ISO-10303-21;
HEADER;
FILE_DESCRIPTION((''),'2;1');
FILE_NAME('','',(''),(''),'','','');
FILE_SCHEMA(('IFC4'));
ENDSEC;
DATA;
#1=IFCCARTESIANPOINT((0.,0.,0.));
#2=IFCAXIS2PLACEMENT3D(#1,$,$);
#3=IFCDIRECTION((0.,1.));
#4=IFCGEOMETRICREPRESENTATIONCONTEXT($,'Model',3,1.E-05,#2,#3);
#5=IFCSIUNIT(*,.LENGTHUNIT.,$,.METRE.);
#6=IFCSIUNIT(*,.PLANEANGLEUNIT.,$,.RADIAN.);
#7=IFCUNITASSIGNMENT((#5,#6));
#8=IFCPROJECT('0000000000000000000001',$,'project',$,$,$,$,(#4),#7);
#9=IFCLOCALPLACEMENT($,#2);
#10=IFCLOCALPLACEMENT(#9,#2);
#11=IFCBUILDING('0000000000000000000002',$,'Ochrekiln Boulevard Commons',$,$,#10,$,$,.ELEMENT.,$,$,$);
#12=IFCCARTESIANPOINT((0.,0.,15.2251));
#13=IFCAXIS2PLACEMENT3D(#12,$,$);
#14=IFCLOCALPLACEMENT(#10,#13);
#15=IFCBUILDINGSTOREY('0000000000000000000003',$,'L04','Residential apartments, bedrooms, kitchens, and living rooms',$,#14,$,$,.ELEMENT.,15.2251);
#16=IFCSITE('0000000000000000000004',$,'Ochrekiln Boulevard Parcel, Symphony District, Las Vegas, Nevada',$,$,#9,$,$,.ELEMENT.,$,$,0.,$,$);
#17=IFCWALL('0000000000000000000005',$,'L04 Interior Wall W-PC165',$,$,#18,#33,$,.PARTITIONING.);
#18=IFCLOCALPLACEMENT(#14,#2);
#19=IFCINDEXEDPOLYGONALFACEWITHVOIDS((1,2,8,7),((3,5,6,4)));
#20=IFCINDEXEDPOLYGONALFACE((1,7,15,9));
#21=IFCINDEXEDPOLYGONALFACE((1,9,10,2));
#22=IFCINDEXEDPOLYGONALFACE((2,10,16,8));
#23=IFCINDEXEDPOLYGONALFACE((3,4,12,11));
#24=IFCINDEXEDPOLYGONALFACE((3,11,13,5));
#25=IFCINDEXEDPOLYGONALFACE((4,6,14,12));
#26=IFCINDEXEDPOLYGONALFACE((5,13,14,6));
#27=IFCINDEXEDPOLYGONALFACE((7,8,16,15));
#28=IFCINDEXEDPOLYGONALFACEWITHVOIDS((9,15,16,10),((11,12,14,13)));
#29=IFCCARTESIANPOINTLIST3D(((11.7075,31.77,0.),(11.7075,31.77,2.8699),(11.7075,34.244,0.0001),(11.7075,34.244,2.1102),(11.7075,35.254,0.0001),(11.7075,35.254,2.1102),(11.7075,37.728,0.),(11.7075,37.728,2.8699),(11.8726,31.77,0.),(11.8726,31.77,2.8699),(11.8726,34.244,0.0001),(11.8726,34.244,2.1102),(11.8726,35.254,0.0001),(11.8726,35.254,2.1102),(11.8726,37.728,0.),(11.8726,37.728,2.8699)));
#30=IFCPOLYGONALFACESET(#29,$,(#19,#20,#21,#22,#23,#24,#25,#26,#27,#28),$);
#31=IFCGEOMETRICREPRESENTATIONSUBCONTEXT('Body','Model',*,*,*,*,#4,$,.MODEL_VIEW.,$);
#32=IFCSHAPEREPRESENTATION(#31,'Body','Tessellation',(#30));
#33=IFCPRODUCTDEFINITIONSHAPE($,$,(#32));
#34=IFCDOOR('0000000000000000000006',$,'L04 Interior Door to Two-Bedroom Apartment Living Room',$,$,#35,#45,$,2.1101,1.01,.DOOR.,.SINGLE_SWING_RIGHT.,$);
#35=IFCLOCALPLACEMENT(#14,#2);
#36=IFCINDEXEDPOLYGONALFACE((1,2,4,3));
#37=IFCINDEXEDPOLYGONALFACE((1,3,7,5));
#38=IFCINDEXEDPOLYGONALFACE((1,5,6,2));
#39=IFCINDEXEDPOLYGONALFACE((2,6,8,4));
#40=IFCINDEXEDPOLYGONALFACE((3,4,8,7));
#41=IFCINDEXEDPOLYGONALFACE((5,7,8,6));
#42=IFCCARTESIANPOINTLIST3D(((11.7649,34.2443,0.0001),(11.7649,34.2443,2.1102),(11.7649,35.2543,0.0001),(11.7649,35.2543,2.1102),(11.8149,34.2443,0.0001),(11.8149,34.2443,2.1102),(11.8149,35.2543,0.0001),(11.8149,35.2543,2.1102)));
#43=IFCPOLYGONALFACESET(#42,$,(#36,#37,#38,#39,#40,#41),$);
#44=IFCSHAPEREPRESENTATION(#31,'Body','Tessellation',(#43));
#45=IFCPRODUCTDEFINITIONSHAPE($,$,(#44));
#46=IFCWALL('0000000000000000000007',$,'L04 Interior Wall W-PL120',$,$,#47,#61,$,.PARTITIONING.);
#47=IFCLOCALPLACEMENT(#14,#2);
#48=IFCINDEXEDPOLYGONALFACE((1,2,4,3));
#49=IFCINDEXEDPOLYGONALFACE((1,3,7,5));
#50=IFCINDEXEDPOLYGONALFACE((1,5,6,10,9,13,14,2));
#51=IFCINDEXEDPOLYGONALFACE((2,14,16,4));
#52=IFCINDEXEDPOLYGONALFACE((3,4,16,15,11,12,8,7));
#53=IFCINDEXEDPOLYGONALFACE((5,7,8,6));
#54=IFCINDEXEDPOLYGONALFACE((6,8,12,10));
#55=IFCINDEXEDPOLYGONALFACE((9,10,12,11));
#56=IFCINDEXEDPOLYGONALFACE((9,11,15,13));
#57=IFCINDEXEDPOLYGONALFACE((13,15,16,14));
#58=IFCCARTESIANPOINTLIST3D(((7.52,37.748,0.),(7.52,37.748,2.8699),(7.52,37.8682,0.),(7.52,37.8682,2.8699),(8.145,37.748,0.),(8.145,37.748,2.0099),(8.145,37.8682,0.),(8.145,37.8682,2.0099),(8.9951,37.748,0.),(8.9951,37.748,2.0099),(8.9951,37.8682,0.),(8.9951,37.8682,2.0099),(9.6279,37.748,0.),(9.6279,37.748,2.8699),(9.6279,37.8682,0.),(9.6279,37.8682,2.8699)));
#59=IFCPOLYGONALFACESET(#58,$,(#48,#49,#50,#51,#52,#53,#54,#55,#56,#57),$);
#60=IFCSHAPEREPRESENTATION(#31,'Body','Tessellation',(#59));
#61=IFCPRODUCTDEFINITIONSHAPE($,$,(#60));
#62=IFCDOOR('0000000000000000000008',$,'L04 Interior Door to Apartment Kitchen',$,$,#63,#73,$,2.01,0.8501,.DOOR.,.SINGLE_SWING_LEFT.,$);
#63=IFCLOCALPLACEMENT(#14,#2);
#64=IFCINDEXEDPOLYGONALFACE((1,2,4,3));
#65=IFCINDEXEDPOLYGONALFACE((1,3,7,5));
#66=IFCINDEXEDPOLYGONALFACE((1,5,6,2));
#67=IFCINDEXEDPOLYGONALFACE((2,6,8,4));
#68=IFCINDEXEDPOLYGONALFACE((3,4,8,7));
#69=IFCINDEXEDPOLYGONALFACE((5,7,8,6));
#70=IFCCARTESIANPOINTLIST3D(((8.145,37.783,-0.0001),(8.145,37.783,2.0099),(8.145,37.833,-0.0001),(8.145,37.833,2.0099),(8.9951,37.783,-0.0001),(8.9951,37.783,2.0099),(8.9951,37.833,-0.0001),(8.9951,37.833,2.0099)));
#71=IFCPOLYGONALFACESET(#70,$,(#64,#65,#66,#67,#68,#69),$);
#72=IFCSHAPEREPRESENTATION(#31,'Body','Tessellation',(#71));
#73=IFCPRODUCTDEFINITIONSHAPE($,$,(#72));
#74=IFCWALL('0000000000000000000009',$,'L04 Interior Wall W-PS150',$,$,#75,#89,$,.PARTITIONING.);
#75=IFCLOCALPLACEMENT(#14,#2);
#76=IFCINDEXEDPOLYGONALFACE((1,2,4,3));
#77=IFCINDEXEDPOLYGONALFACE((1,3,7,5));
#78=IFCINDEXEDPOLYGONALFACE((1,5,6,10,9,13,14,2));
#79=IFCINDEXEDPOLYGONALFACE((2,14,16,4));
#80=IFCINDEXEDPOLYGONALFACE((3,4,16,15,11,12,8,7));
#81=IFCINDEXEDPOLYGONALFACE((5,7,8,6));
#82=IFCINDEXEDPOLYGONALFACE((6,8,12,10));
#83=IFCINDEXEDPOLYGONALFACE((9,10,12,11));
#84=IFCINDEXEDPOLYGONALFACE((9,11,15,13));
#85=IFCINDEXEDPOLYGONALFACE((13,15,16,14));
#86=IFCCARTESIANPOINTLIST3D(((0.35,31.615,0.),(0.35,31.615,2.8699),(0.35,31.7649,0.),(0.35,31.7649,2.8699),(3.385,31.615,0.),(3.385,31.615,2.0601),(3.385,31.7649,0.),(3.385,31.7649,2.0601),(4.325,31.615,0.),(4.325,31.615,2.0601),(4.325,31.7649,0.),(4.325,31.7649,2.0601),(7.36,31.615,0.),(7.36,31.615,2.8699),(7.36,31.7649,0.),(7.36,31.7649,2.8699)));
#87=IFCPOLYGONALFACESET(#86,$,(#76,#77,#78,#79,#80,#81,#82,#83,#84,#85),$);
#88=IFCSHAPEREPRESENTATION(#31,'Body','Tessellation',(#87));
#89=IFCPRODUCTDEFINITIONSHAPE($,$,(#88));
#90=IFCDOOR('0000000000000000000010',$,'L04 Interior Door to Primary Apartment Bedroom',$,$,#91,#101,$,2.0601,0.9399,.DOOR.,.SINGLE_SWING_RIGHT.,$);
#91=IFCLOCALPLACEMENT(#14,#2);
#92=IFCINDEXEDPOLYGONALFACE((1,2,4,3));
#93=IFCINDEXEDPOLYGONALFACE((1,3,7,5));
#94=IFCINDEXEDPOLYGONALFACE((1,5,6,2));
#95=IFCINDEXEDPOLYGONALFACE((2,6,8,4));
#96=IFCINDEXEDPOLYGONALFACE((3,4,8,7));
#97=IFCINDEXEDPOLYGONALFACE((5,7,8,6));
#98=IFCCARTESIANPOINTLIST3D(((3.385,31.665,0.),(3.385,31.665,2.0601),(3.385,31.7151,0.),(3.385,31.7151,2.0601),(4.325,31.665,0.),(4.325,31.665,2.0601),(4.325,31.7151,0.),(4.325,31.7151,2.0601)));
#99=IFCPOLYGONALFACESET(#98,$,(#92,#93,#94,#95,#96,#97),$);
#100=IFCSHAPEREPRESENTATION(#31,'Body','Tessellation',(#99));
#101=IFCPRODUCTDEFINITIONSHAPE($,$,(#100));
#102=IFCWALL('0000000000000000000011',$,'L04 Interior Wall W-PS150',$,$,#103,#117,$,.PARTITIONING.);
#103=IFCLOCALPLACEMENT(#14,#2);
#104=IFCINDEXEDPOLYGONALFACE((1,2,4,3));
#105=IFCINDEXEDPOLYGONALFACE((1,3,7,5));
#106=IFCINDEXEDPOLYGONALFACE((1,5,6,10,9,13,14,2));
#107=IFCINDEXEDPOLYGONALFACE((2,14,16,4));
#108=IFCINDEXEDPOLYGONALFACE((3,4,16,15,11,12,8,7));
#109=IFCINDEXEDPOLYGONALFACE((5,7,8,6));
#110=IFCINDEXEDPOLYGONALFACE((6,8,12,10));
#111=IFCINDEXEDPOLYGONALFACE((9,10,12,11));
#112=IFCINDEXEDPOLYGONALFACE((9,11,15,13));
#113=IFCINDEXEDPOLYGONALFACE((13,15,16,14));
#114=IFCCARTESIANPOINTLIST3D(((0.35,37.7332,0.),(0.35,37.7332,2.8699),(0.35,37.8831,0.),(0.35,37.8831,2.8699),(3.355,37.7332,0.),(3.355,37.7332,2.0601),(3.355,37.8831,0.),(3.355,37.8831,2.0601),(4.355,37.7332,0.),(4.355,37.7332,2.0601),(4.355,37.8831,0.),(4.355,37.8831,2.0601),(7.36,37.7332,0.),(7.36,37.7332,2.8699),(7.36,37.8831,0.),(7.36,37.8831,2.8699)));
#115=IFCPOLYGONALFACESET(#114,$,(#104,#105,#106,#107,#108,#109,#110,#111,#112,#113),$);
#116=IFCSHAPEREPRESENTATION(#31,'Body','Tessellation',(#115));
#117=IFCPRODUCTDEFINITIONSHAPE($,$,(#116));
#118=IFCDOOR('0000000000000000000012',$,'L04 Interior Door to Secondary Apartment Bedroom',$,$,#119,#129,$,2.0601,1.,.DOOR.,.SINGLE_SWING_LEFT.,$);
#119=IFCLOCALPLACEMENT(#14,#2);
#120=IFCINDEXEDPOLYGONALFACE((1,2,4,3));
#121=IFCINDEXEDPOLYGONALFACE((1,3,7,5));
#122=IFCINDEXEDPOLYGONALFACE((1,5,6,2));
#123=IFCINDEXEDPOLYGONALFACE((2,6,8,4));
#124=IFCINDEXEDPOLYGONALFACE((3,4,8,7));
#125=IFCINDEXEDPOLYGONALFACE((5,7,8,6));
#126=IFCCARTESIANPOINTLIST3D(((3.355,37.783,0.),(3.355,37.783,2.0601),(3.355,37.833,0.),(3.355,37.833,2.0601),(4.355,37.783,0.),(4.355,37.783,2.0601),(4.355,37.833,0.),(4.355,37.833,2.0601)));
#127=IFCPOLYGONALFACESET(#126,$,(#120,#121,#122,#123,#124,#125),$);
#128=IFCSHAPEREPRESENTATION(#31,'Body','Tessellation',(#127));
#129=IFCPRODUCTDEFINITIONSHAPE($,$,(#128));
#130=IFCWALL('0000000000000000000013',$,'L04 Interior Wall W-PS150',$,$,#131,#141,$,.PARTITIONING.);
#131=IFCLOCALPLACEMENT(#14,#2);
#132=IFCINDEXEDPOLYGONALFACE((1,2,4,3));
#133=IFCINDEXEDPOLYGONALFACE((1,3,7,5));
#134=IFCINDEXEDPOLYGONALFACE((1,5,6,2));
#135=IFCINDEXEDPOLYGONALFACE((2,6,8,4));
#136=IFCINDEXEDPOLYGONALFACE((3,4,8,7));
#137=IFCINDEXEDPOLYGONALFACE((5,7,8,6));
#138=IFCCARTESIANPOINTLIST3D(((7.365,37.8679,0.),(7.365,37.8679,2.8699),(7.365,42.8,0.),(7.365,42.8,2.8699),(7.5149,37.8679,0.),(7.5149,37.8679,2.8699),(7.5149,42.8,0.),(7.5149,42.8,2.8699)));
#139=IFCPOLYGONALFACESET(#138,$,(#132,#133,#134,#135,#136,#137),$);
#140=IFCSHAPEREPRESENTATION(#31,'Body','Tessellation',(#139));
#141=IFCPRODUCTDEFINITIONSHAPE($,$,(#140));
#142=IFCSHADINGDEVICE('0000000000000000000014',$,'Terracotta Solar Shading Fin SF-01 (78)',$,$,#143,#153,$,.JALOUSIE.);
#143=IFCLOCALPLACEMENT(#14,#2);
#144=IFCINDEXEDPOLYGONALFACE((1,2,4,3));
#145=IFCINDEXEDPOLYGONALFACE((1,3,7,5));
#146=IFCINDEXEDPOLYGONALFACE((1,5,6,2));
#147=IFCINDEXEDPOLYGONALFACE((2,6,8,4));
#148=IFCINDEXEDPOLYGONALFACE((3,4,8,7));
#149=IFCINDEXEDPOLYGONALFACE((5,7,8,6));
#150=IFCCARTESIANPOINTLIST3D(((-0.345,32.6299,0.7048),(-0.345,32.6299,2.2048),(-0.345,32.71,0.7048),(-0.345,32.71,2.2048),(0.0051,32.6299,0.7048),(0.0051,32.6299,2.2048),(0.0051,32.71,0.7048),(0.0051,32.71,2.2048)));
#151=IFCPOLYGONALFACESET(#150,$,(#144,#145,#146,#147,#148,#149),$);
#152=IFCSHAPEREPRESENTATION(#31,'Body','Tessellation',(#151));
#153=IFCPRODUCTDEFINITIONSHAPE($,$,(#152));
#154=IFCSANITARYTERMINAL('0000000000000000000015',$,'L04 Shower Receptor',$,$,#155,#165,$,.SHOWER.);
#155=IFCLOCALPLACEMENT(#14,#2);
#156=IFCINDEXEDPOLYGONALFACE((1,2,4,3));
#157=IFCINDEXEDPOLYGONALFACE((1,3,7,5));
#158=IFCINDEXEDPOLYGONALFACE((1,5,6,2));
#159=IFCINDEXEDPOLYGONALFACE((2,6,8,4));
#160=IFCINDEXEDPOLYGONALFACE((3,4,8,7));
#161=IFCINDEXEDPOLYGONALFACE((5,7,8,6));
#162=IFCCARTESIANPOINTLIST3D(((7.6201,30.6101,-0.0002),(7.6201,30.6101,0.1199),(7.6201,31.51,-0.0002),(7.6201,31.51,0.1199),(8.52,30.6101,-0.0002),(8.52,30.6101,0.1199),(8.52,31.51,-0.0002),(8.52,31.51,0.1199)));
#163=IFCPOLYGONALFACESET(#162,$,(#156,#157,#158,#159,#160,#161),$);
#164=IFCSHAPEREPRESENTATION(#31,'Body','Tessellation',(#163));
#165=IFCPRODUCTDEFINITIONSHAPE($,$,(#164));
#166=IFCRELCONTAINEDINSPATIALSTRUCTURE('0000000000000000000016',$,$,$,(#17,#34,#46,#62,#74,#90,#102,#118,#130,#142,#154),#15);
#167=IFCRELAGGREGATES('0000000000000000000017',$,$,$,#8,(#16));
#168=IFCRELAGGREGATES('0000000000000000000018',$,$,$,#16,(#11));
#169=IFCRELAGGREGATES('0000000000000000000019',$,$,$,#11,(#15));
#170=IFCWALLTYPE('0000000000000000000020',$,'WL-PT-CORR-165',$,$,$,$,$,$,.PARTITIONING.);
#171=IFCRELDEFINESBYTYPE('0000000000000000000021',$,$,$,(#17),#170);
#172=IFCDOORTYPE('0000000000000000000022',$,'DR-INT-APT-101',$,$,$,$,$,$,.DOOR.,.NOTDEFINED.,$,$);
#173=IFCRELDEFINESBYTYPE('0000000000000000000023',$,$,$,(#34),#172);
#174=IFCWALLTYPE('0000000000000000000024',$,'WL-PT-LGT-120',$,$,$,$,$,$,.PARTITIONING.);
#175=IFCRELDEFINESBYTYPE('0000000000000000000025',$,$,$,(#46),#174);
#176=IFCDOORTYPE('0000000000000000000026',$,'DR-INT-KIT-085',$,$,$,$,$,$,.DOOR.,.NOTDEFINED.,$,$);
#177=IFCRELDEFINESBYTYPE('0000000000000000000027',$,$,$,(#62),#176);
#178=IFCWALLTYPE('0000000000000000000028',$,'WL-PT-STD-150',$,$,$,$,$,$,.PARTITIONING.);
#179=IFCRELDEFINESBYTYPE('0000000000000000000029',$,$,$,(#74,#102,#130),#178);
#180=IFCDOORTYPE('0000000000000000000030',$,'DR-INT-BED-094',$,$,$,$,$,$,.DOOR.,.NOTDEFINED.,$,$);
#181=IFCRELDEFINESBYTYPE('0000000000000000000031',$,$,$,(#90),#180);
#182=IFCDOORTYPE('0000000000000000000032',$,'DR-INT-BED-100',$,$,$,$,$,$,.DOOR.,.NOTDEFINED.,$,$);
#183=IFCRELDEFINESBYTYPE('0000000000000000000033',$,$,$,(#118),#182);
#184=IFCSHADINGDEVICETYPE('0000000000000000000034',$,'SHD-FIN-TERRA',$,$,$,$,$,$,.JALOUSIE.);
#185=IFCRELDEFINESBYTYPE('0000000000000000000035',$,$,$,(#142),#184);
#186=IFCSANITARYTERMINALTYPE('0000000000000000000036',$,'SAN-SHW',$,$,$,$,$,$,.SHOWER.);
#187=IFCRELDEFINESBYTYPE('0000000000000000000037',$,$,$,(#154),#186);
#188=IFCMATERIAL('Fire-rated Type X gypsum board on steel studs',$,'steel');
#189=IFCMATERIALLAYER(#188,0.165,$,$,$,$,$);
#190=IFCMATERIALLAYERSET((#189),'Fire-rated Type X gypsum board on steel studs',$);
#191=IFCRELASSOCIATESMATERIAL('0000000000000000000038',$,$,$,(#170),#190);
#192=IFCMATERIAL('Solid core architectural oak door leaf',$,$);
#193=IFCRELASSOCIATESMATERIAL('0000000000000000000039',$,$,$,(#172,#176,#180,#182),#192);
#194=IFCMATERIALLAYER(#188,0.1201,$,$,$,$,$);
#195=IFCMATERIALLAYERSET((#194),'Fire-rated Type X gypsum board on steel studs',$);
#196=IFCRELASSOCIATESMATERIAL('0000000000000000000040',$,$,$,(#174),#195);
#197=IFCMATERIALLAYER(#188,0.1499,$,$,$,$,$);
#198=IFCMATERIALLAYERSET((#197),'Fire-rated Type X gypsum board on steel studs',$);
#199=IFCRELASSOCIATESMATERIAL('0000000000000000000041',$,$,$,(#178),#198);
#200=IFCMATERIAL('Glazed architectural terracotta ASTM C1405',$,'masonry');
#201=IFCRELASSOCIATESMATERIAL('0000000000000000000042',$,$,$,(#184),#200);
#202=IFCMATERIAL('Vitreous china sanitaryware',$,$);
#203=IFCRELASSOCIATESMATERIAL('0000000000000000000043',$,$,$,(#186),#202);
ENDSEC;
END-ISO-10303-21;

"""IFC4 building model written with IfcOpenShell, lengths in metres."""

from ifc_helpers import new_model, si_unit, direction, frame, frame_2d, origin, origin_2d, place, context, subcontext, project, spatial, rectangle, extrude, material, layer, layer_set, type_object, element, fill, save


model = new_model("IFC4")

# Units and contexts
model_context = context("Model", 3, precision=1e-05, world=origin(), true_north=direction((0.0, 1.0)))
body_context = subcontext(model_context, "Body", "Model", "MODEL_VIEW")
ifc_project = project(units=[si_unit("LENGTHUNIT", "METRE"), si_unit("PLANEANGLEUNIT", "RADIAN")], contexts=[model_context])

# Site, building, storey
site_placement = place(None, origin())
site = spatial("IfcSite", under=ifc_project, at=site_placement, Name="Ochrekiln Boulevard Parcel, Symphony District, Las Vegas, Nevada", CompositionType="ELEMENT", RefElevation=0.0)
building_placement = place(site_placement, origin())
building = spatial("IfcBuilding", under=site, at=building_placement, Name="Ochrekiln Boulevard Commons", CompositionType="ELEMENT")
storey_placement = place(building_placement, frame((0.0, 0.0, 15.2251)))
storey = spatial("IfcBuildingStorey", under=building, at=storey_placement, Name="L04", Description="Residential apartments, bedrooms, kitchens, and living rooms", CompositionType="ELEMENT", Elevation=15.2251)

# Walls, openings, doors
ifc_material_1 = material(Name="Solid core architectural oak door leaf")
ifc_material_2 = material(Name="Fire-rated Type X gypsum board on steel studs", Category="steel")
ifc_layer_1 = layer(ifc_material_2, 0.165)
ifc_layer_set_1 = layer_set([ifc_layer_1], Name="Fire-rated Type X gypsum board on steel studs")
wall_type_1 = type_object("IfcWallType", Name="WL-PT-CORR-165", PredefinedType="PARTITIONING", material=ifc_layer_set_1)
door_type_1 = type_object("IfcDoorType", Name="DR-INT-APT-101", OperationType="NOTDEFINED", PredefinedType="DOOR", material=ifc_material_1)
wall_1_placement = place(storey_placement, frame((11.79, 31.77, 0.0), z_axis=(0.0, 0.0, 1.0), x_axis=(0.0, 1.0, 0.0)))
wall_1 = element("IfcWall", 1, at=wall_1_placement, inside=storey, type_object=wall_type_1, Name="L04 Interior Wall W-PC165", PredefinedType="PARTITIONING", context=body_context, shape_type="SweptSolid", body=[
    extrude(rectangle(XDim=5.958, YDim=0.165, at=frame_2d((2.979, 0.0))), origin(), (0.0, 0.0, 1.0), 2.8699),
])
opening_1_placement = place(wall_1_placement, frame((2.4741, 0.0, 0.0)))
opening_1 = element("IfcOpeningElement", 2, at=opening_1_placement, cuts=wall_1, PredefinedType="OPENING", context=body_context, shape_type="SweptSolid", body=[
    extrude(rectangle(XDim=1.01, YDim=2.1101, at=frame_2d((0.5049, 1.0552))), frame((0.0, 0.0925, 0.0), z_axis=(0.0, -1.0, 0.0), x_axis=(1.0, 0.0, 0.0)), (0.0, 0.0, 1.0), 0.1851),
])
door_1_placement = place(opening_1_placement, frame((1.01, 0.0, 0.0), z_axis=(0.0, 0.0, 1.0), x_axis=(-1.0, 0.0, 0.0)))
door_1 = element("IfcDoor", 3, at=door_1_placement, inside=storey, type_object=door_type_1, Name="L04 Interior Door to Two-Bedroom Apartment Living Room", OperationType="SINGLE_SWING_RIGHT", OverallHeight=2.1101, OverallWidth=1.01, PredefinedType="DOOR", context=body_context, shape_type="SweptSolid", body=[
    extrude(rectangle(XDim=1.01, YDim=2.1101, at=frame_2d((0.5049, 1.0552))), frame((0.0, 0.0249, 0.0), z_axis=(0.0, -1.0, 0.0), x_axis=(1.0, 0.0, 0.0)), (0.0, 0.0, 1.0), 0.05),
])
fill(opening_1, door_1)
ifc_layer_2 = layer(ifc_material_2, 0.1201)
ifc_layer_set_2 = layer_set([ifc_layer_2], Name="Fire-rated Type X gypsum board on steel studs")
wall_type_2 = type_object("IfcWallType", Name="WL-PT-LGT-120", PredefinedType="PARTITIONING", material=ifc_layer_set_2)
wall_2_placement = place(storey_placement, frame((7.52, 37.8081, 0.0), z_axis=(0.0, 0.0, 1.0), x_axis=(1.0, 0.0, 0.0)))
wall_2 = element("IfcWall", 4, at=wall_2_placement, inside=storey, type_object=wall_type_2, Name="L04 Interior Wall W-PL120", PredefinedType="PARTITIONING", context=body_context, shape_type="SweptSolid", body=[
    extrude(rectangle(XDim=2.1079, YDim=0.1201, at=frame_2d((1.054, 0.0))), origin(), (0.0, 0.0, 1.0), 2.8699),
])
opening_2_placement = place(wall_2_placement, frame((0.625, 0.0, 0.0)))
opening_2 = element("IfcOpeningElement", 5, at=opening_2_placement, cuts=wall_2, PredefinedType="OPENING", context=body_context, shape_type="SweptSolid", body=[
    extrude(rectangle(XDim=0.8501, YDim=2.01, at=frame_2d((0.425, 1.0049))), frame((0.0, 0.0701, 0.0), z_axis=(0.0, -1.0, 0.0), x_axis=(1.0, 0.0, 0.0)), (0.0, 0.0, 1.0), 0.1401),
])
door_type_2 = type_object("IfcDoorType", Name="DR-INT-KIT-085", OperationType="NOTDEFINED", PredefinedType="DOOR", material=ifc_material_1)
door_2_placement = place(opening_2_placement, origin())
door_2 = element("IfcDoor", 6, at=door_2_placement, inside=storey, type_object=door_type_2, Name="L04 Interior Door to Apartment Kitchen", OperationType="SINGLE_SWING_LEFT", OverallHeight=2.01, OverallWidth=0.8501, PredefinedType="DOOR", context=body_context, shape_type="SweptSolid", body=[
    extrude(rectangle(XDim=0.8501, YDim=2.01, at=frame_2d((0.425, 1.0049))), frame((0.0, 0.0249, 0.0), z_axis=(0.0, -1.0, 0.0), x_axis=(1.0, 0.0, 0.0)), (0.0, 0.0, 1.0), 0.05),
])
fill(opening_2, door_2)
ifc_layer_3 = layer(ifc_material_2, 0.1499)
ifc_layer_set_3 = layer_set([ifc_layer_3], Name="Fire-rated Type X gypsum board on steel studs")
wall_type_3 = type_object("IfcWallType", Name="WL-PT-STD-150", PredefinedType="PARTITIONING", material=ifc_layer_set_3)
wall_3_placement = place(storey_placement, frame((0.3501, 31.6899, 0.0), z_axis=(0.0, 0.0, 1.0), x_axis=(1.0, 0.0, 0.0)))
wall_3 = element("IfcWall", 7, at=wall_3_placement, inside=storey, type_object=wall_type_3, Name="L04 Interior Wall W-PS150", PredefinedType="PARTITIONING", context=body_context, shape_type="SweptSolid", body=[
    extrude(rectangle(XDim=7.01, YDim=0.1499, at=frame_2d((3.5049, 0.0))), origin(), (0.0, 0.0, 1.0), 2.8699),
])
opening_3_placement = place(wall_3_placement, frame((3.0349, 0.0, 0.0)))
opening_3 = element("IfcOpeningElement", 8, at=opening_3_placement, cuts=wall_3, PredefinedType="OPENING", context=body_context, shape_type="SweptSolid", body=[
    extrude(rectangle(XDim=0.9399, YDim=2.0601, at=frame_2d((0.47, 1.03))), frame((0.0, 0.085, 0.0), z_axis=(0.0, -1.0, 0.0), x_axis=(1.0, 0.0, 0.0)), (0.0, 0.0, 1.0), 0.1699),
])
door_type_3 = type_object("IfcDoorType", Name="DR-INT-BED-094", OperationType="NOTDEFINED", PredefinedType="DOOR", material=ifc_material_1)
door_3_placement = place(opening_3_placement, frame((0.9399, 0.0, 0.0), z_axis=(0.0, 0.0, 1.0), x_axis=(-1.0, 0.0, 0.0)))
door_3 = element("IfcDoor", 9, at=door_3_placement, inside=storey, type_object=door_type_3, Name="L04 Interior Door to Primary Apartment Bedroom", OperationType="SINGLE_SWING_RIGHT", OverallHeight=2.0601, OverallWidth=0.9399, PredefinedType="DOOR", context=body_context, shape_type="SweptSolid", body=[
    extrude(rectangle(XDim=0.9399, YDim=2.0601, at=frame_2d((0.47, 1.03))), frame((0.0, 0.0249, 0.0), z_axis=(0.0, -1.0, 0.0), x_axis=(1.0, 0.0, 0.0)), (0.0, 0.0, 1.0), 0.05),
])
fill(opening_3, door_3)
wall_4_placement = place(storey_placement, frame((0.3501, 37.8081, 0.0), z_axis=(0.0, 0.0, 1.0), x_axis=(1.0, 0.0, 0.0)))
wall_4 = element("IfcWall", 10, at=wall_4_placement, inside=storey, type_object=wall_type_3, Name="L04 Interior Wall W-PS150", PredefinedType="PARTITIONING", context=body_context, shape_type="SweptSolid", body=[
    extrude(rectangle(XDim=7.01, YDim=0.1499, at=frame_2d((3.5049, 0.0))), origin(), (0.0, 0.0, 1.0), 2.8699),
])
opening_4_placement = place(wall_4_placement, frame((3.0049, 0.0, 0.0)))
opening_4 = element("IfcOpeningElement", 11, at=opening_4_placement, cuts=wall_4, PredefinedType="OPENING", context=body_context, shape_type="SweptSolid", body=[
    extrude(rectangle(XDim=1.0, YDim=2.0601, at=frame_2d((0.5, 1.03))), frame((0.0, 0.085, 0.0), z_axis=(0.0, -1.0, 0.0), x_axis=(1.0, 0.0, 0.0)), (0.0, 0.0, 1.0), 0.1699),
])
door_type_4 = type_object("IfcDoorType", Name="DR-INT-BED-100", OperationType="NOTDEFINED", PredefinedType="DOOR", material=ifc_material_1)
door_4_placement = place(opening_4_placement, origin())
door_4 = element("IfcDoor", 12, at=door_4_placement, inside=storey, type_object=door_type_4, Name="L04 Interior Door to Secondary Apartment Bedroom", OperationType="SINGLE_SWING_LEFT", OverallHeight=2.0601, OverallWidth=1.0, PredefinedType="DOOR", context=body_context, shape_type="SweptSolid", body=[
    extrude(rectangle(XDim=1.0, YDim=2.0601, at=frame_2d((0.5, 1.03))), frame((0.0, 0.0249, 0.0), z_axis=(0.0, -1.0, 0.0), x_axis=(1.0, 0.0, 0.0)), (0.0, 0.0, 1.0), 0.05),
])
fill(opening_4, door_4)

# Wall
wall_5_placement = place(storey_placement, frame((7.4399, 37.8679, 0.0), z_axis=(0.0, 0.0, 1.0), x_axis=(0.0, 1.0, 0.0)))
element("IfcWall", 13, at=wall_5_placement, inside=storey, type_object=wall_type_3, Name="L04 Interior Wall W-PS150", PredefinedType="PARTITIONING", context=body_context, shape_type="SweptSolid", body=[
    extrude(rectangle(XDim=4.9321, YDim=0.1499, at=frame_2d((2.4661, 0.0))), origin(), (0.0, 0.0, 1.0), 2.8699),
])

# Shading device
ifc_material_3 = material(Name="Glazed architectural terracotta ASTM C1405", Category="masonry")
shading_device_type = type_object("IfcShadingDeviceType", Name="SHD-FIN-TERRA", PredefinedType="JALOUSIE", material=ifc_material_3)
shading_device_placement = place(storey_placement, frame((-0.1699, 32.6699, 0.7048), z_axis=(0.0, 0.0, 1.0), x_axis=(1.0, 0.0, 0.0)))
element("IfcShadingDevice", 14, at=shading_device_placement, inside=storey, type_object=shading_device_type, Name="Terracotta Solar Shading Fin SF-01 (78)", PredefinedType="JALOUSIE", context=body_context, shape_type="SweptSolid", body=[
    extrude(rectangle(XDim=0.3501, YDim=0.0801, at=origin_2d()), origin(), (0.0, 0.0, 1.0), 1.5),
])

# Sanitary terminal
ifc_material_4 = material(Name="Vitreous china sanitaryware")
sanitary_terminal_type = type_object("IfcSanitaryTerminalType", Name="SAN-SHW", PredefinedType="SHOWER", material=ifc_material_4)
sanitary_terminal_placement = place(storey_placement, frame((8.0701, 31.0601, -0.0002), z_axis=(0.0, 0.0, 1.0), x_axis=(1.0, 0.0, 0.0)))
element("IfcSanitaryTerminal", 15, at=sanitary_terminal_placement, inside=storey, type_object=sanitary_terminal_type, Name="L04 Shower Receptor", PredefinedType="SHOWER", context=body_context, shape_type="SweptSolid", body=[
    extrude(rectangle(XDim=0.8999, YDim=0.8999, at=origin_2d()), origin(), (0.0, 0.0, 1.0), 0.1201),
])

save(model, "model.ifc")
